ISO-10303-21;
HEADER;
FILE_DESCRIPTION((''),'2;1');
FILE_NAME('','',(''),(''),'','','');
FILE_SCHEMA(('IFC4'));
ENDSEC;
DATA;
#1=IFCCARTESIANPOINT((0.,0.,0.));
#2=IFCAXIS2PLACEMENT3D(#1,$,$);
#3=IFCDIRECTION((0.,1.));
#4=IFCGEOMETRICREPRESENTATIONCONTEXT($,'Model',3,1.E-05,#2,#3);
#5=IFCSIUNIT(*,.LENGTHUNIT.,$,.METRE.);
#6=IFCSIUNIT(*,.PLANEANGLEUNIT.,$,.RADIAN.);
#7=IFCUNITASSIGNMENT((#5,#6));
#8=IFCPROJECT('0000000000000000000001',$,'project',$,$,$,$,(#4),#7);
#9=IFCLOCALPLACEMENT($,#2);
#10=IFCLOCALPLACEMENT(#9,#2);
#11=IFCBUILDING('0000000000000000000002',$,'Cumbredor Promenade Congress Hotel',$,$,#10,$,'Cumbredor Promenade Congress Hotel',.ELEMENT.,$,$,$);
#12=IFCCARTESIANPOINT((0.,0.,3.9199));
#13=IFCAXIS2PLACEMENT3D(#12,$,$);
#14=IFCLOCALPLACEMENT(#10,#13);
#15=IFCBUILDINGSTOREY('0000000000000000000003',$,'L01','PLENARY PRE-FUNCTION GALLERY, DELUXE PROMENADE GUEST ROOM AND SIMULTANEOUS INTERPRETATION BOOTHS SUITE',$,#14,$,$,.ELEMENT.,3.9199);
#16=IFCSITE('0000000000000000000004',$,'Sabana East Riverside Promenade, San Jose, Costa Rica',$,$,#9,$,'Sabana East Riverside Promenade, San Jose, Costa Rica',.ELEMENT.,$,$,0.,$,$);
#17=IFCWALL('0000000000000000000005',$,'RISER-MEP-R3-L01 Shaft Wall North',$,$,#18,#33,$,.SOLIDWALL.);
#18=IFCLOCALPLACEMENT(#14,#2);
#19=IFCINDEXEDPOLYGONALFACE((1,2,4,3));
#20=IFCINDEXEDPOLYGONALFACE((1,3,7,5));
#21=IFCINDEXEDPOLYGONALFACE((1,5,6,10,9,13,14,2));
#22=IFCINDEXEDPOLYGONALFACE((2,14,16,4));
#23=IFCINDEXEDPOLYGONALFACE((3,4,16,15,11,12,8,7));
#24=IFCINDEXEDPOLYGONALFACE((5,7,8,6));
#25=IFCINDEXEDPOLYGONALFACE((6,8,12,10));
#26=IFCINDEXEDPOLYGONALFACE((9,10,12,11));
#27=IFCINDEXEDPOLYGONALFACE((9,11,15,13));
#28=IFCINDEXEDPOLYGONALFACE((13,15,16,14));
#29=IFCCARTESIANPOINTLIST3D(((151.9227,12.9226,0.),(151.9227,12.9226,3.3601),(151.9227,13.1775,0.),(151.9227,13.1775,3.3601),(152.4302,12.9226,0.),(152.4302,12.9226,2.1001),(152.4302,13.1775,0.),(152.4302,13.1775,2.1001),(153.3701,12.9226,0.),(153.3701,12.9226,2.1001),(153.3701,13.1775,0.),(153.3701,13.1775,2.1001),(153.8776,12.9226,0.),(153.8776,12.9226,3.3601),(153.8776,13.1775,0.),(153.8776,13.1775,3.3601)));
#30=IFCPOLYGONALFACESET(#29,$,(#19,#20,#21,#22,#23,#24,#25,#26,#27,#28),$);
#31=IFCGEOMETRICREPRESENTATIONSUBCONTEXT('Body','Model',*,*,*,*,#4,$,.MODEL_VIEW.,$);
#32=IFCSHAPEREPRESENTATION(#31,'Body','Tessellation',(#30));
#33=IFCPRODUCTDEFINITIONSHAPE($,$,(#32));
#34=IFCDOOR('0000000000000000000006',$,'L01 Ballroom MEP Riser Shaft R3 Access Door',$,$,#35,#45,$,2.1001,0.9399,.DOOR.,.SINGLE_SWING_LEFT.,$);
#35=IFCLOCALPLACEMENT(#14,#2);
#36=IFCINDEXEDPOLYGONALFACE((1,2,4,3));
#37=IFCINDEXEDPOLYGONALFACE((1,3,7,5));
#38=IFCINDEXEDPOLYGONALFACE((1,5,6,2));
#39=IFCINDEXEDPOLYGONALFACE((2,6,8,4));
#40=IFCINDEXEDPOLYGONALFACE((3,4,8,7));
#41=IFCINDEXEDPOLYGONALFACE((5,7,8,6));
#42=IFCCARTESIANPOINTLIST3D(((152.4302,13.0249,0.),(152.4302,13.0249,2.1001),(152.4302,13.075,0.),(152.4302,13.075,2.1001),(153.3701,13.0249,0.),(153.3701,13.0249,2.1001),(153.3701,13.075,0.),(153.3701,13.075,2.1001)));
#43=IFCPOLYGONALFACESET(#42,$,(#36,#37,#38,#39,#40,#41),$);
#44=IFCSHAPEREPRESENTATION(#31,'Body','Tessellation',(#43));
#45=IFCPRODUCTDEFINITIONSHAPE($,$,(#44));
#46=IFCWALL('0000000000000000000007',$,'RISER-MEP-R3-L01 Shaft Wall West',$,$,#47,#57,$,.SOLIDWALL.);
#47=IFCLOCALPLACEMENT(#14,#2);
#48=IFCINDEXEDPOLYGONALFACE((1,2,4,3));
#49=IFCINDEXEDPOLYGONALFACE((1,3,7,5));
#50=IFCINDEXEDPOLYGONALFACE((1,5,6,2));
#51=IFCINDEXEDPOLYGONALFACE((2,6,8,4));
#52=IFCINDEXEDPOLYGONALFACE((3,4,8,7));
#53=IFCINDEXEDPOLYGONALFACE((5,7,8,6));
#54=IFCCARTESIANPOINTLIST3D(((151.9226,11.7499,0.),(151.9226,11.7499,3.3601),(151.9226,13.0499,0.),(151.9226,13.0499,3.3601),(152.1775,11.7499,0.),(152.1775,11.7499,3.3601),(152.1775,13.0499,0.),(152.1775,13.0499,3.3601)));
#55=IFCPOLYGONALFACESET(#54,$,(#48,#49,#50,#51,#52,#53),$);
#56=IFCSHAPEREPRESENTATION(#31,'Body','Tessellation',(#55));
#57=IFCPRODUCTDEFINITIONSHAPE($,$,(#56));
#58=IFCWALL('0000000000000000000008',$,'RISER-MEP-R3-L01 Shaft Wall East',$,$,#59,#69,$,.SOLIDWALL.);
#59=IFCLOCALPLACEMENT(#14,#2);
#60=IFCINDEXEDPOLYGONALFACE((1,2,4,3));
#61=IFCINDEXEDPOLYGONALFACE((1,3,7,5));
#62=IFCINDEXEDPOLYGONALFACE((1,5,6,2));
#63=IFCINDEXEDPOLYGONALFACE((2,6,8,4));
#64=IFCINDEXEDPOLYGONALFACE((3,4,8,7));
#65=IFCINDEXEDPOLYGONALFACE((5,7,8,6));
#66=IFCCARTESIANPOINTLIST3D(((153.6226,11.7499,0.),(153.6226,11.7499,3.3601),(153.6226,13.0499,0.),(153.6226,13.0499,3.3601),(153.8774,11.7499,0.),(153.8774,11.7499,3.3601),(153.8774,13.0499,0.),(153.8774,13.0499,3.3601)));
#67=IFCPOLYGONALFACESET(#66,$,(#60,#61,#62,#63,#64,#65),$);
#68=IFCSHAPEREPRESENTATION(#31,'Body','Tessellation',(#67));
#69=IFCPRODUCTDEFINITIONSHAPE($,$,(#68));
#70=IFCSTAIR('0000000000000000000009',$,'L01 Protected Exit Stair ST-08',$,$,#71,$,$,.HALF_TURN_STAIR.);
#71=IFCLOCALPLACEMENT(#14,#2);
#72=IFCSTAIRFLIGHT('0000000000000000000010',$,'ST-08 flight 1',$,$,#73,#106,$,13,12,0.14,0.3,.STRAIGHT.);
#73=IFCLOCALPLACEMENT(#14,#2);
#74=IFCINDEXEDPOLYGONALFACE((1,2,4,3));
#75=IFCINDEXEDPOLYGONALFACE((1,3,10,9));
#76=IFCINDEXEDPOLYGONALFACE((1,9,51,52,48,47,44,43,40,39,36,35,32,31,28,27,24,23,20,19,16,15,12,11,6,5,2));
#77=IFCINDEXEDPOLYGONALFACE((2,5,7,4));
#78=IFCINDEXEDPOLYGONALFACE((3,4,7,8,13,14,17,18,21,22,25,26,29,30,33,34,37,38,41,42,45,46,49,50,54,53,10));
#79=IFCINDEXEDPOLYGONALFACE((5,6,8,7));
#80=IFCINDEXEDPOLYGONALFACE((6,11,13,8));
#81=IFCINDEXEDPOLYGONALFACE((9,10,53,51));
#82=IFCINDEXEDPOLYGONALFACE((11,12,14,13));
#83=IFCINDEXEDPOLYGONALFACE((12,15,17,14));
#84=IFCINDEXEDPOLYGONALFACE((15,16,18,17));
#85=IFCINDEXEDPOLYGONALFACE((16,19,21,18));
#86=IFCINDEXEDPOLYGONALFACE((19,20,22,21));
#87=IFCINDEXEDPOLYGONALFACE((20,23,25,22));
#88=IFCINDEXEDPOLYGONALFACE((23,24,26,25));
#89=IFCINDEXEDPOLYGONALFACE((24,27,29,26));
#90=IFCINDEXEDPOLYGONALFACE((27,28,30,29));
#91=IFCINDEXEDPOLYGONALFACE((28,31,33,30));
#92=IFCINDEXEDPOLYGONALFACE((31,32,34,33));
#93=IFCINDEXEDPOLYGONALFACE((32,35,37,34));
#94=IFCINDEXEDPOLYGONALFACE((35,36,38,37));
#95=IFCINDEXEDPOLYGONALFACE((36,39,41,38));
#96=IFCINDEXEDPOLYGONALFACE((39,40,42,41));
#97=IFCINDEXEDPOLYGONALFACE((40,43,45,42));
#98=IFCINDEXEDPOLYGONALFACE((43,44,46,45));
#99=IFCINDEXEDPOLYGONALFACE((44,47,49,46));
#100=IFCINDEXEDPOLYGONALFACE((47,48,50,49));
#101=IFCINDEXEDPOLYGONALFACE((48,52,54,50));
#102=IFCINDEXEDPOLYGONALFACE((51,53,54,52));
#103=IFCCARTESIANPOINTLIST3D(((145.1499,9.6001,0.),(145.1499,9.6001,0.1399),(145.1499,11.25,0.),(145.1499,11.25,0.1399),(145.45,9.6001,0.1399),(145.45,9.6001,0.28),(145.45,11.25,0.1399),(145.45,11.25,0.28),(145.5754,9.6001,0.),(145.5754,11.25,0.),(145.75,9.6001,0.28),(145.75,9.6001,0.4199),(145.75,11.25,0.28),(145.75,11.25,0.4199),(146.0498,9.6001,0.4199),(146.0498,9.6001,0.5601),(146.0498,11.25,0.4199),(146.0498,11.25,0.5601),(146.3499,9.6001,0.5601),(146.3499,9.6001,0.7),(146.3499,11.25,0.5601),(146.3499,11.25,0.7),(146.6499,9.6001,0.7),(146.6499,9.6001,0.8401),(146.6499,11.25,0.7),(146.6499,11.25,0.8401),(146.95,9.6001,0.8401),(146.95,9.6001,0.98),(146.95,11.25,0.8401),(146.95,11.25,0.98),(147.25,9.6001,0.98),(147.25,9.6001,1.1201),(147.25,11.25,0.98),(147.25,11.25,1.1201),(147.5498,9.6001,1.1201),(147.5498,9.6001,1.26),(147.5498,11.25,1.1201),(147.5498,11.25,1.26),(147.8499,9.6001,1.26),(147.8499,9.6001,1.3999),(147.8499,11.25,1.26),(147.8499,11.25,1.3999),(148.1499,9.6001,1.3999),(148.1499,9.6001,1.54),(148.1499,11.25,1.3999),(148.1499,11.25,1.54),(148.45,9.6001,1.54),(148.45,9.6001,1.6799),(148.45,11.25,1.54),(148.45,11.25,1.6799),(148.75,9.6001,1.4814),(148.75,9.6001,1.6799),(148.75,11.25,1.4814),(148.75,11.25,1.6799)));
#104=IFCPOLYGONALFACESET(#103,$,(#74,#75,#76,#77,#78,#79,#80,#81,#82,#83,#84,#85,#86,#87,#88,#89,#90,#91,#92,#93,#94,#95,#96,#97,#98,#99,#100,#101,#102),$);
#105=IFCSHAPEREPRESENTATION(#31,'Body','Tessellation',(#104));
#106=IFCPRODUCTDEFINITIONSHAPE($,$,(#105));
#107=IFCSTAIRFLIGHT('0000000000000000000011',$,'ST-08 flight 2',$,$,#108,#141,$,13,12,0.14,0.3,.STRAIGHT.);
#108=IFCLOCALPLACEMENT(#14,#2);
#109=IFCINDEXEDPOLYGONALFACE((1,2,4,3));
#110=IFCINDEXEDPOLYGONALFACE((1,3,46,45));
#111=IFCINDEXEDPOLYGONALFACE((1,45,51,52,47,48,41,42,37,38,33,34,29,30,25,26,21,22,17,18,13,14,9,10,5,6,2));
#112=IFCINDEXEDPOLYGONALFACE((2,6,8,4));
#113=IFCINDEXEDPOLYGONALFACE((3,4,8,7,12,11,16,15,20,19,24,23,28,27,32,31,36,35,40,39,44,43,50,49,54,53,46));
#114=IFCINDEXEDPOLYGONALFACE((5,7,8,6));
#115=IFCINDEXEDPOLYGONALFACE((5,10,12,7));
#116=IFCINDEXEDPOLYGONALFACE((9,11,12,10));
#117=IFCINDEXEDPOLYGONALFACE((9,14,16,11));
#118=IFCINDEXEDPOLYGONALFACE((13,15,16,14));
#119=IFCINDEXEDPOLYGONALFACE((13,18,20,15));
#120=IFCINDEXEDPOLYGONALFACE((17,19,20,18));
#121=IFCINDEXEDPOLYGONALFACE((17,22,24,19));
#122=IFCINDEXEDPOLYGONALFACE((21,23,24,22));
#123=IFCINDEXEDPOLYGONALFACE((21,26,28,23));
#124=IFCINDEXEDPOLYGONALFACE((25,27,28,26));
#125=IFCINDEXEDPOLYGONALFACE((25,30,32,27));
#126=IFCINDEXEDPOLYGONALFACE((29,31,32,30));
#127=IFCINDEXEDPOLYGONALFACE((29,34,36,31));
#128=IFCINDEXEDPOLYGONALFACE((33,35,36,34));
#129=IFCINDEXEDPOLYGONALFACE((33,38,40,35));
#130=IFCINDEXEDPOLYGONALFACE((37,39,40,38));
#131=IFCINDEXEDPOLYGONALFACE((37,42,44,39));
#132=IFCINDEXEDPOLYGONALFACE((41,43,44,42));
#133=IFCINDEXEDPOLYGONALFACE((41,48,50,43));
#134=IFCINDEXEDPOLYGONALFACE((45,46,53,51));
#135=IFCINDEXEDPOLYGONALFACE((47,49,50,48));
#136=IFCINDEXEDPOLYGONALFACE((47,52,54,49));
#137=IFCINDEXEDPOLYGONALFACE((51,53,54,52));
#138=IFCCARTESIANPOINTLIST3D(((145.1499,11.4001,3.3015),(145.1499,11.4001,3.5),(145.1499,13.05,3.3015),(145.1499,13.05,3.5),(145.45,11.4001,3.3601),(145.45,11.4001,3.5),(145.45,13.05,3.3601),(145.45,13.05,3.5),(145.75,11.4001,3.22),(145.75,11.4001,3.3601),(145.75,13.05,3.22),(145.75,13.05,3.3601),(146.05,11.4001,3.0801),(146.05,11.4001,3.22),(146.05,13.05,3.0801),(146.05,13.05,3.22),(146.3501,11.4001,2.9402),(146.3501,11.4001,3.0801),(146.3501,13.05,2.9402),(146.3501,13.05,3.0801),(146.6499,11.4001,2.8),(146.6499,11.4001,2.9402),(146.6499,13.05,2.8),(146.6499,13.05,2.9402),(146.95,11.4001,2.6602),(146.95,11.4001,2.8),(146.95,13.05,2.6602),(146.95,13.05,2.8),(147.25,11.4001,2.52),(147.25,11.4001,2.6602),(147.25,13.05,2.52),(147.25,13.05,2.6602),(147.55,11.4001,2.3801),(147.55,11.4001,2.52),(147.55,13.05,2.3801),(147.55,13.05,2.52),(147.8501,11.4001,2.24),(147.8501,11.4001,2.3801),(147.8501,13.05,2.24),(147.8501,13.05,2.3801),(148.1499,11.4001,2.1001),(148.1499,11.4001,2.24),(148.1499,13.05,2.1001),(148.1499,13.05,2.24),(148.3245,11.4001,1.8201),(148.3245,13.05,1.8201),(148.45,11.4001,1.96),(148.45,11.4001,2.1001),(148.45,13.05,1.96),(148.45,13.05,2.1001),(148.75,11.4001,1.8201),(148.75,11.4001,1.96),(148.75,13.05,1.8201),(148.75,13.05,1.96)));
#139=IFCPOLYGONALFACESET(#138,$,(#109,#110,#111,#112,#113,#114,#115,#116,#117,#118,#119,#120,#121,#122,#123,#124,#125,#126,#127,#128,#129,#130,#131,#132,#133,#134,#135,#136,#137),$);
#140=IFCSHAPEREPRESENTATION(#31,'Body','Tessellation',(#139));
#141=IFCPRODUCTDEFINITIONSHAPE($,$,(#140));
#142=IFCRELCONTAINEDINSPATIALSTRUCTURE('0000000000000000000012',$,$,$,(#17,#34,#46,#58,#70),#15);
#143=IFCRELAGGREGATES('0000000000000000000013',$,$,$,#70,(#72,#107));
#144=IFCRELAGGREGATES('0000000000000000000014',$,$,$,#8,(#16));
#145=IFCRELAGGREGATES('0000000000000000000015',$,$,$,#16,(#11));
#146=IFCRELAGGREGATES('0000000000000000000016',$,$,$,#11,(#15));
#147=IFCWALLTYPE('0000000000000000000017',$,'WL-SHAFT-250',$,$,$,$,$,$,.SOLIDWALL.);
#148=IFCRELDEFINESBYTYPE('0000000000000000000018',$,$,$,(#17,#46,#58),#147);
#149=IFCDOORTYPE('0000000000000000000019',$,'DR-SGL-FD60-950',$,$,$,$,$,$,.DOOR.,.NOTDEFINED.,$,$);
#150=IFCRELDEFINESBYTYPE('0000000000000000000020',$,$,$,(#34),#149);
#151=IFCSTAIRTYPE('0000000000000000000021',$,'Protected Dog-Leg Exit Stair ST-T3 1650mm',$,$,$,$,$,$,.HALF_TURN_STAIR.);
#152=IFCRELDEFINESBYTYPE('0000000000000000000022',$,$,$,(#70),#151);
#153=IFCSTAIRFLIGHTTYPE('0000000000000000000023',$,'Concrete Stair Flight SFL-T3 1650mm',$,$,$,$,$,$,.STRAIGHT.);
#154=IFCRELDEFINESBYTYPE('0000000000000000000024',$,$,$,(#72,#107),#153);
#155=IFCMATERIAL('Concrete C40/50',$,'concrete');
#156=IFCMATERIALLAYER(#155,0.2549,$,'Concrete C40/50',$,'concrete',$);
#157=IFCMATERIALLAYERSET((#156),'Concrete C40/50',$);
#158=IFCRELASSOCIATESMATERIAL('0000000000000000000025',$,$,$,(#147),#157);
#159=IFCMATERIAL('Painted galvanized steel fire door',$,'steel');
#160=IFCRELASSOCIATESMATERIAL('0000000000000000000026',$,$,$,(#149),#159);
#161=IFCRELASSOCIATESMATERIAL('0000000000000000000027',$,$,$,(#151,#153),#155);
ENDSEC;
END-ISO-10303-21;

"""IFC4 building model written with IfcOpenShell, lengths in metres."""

from ifc_helpers import new_model, si_unit, direction, frame, frame_2d, origin, place, context, subcontext, project, spatial, polyline, rectangle, outline, extrude, material, layer, layer_set, type_object, element, fill, aggregate, save


model = new_model("IFC4")

# Units and contexts
model_context = context("Model", 3, precision=1e-05, world=origin(), true_north=direction((0.0, 1.0)))
body_context = subcontext(model_context, "Body", "Model", "MODEL_VIEW")
ifc_project = project(units=[si_unit("LENGTHUNIT", "METRE"), si_unit("PLANEANGLEUNIT", "RADIAN")], contexts=[model_context])

# Site, building, storey
site_placement = place(None, origin())
site = spatial("IfcSite", under=ifc_project, at=site_placement, Name="Sabana East Riverside Promenade, San Jose, Costa Rica", LongName="Sabana East Riverside Promenade, San Jose, Costa Rica", CompositionType="ELEMENT", RefElevation=0.0)
building_placement = place(site_placement, origin())
building = spatial("IfcBuilding", under=site, at=building_placement, Name="Cumbredor Promenade Congress Hotel", LongName="Cumbredor Promenade Congress Hotel", CompositionType="ELEMENT")
storey_placement = place(building_placement, frame((0.0, 0.0, 3.9199)))
storey = spatial("IfcBuildingStorey", under=building, at=storey_placement, Name="L01", Description="PLENARY PRE-FUNCTION GALLERY, DELUXE PROMENADE GUEST ROOM AND SIMULTANEOUS INTERPRETATION BOOTHS SUITE", CompositionType="ELEMENT", Elevation=3.9199)

# Shared definitions
ifc_material_1 = material(Name="Concrete C40/50", Category="concrete")

# Shared definitions
ifc_layer = layer(ifc_material_1, 0.2549, Name="Concrete C40/50", Category="concrete")
ifc_layer_set = layer_set([ifc_layer], Name="Concrete C40/50")
wall_type = type_object("IfcWallType", Name="WL-SHAFT-250", PredefinedType="SOLIDWALL", material=ifc_layer_set)
ifc_material_2 = material(Name="Painted galvanized steel fire door", Category="steel")

# Wall, opening, door
wall_1_placement = place(storey_placement, frame((151.9226, 13.05, 0.0), z_axis=(0.0, 0.0, 1.0), x_axis=(1.0, 0.0, 0.0)))
wall_1 = element("IfcWall", 1, at=wall_1_placement, inside=storey, type_object=wall_type, Name="RISER-MEP-R3-L01 Shaft Wall North", PredefinedType="SOLIDWALL", context=body_context, shape_type="SweptSolid", body=[
    extrude(rectangle(XDim=1.9548, YDim=0.2549, at=frame_2d((0.9775, 0.0))), origin(), (0.0, 0.0, 1.0), 3.3601),
])
opening_1_placement = place(wall_1_placement, frame((0.5076, 0.0, 0.0)))
opening_1 = element("IfcOpeningElement", 2, at=opening_1_placement, cuts=wall_1, PredefinedType="OPENING", context=body_context, shape_type="SweptSolid", body=[
    extrude(rectangle(XDim=0.9399, YDim=2.1001, at=frame_2d((0.47, 1.05))), frame((0.0, 0.1375, 0.0), z_axis=(0.0, -1.0, 0.0), x_axis=(1.0, 0.0, 0.0)), (0.0, 0.0, 1.0), 0.2749),
])
door_type_1 = type_object("IfcDoorType", Name="DR-SGL-FD60-950", OperationType="NOTDEFINED", PredefinedType="DOOR", material=ifc_material_2)
door_1_placement = place(opening_1_placement, origin())
door_1 = element("IfcDoor", 3, at=door_1_placement, inside=storey, type_object=door_type_1, Name="L01 Ballroom MEP Riser Shaft R3 Access Door", OperationType="SINGLE_SWING_LEFT", OverallHeight=2.1001, OverallWidth=0.9399, PredefinedType="DOOR", context=body_context, shape_type="SweptSolid", body=[
    extrude(rectangle(XDim=0.9399, YDim=2.1001, at=frame_2d((0.47, 1.05))), frame((0.0, 0.0249, 0.0), z_axis=(0.0, -1.0, 0.0), x_axis=(1.0, 0.0, 0.0)), (0.0, 0.0, 1.0), 0.05),
])
fill(opening_1, door_1)

# Walls
for number, where, z_axis, x_axis, name in (
    (4, (152.05, 11.75, 0.0), (0.0, 0.0, 1.0), (0.0, 1.0, 0.0), "RISER-MEP-R3-L01 Shaft Wall West"),
    (5, (153.75, 11.75, 0.0), (0.0, 0.0, 1.0), (0.0, 1.0, 0.0), "RISER-MEP-R3-L01 Shaft Wall East"),
):
    element("IfcWall", number, at=place(storey_placement, frame(where, z_axis=z_axis, x_axis=x_axis)), inside=storey, type_object=wall_type, Name=name, PredefinedType="SOLIDWALL", context=body_context, shape_type="SweptSolid", body=[
        extrude(rectangle(XDim=1.3, YDim=0.2549, at=frame_2d((0.6499, 0.0))), origin(), (0.0, 0.0, 1.0), 3.3601),
    ])

# Stair, stair flights
stair_type = type_object("IfcStairType", Name="Protected Dog-Leg Exit Stair ST-T3 1650mm", PredefinedType="HALF_TURN_STAIR", material=ifc_material_1)
stair_placement = place(storey_placement, origin())
stair = element("IfcStair", 6, at=stair_placement, inside=storey, type_object=stair_type, Name="L01 Protected Exit Stair ST-08", PredefinedType="HALF_TURN_STAIR")
stair_flight_type = type_object("IfcStairFlightType", Name="Concrete Stair Flight SFL-T3 1650mm", PredefinedType="STRAIGHT", material=ifc_material_1)
stair_flight_1_placement = place(storey_placement, frame((145.1499, 10.425, 0.0), z_axis=(0.0, 0.0, 1.0), x_axis=(1.0, 0.0, 0.0)))
stair_flight_1 = element("IfcStairFlight", 7, at=stair_flight_1_placement, type_object=stair_flight_type, Name="ST-08 flight 1", NumberOfRisers=13, NumberOfTreads=12, PredefinedType="STRAIGHT", RiserHeight=0.14, TreadLength=0.3, context=body_context, shape_type="SweptSolid", body=[
    extrude(outline(polyline([(0.0, 0.0), (0.0, 0.1399), (0.3, 0.1399), (0.3, 0.28), (0.6001, 0.28), (0.6001, 0.4199), (0.8999, 0.4199), (0.8999, 0.5601), (1.2, 0.5601), (1.2, 0.7), (1.5, 0.7), (1.5, 0.8401), (1.8, 0.8401), (1.8, 0.98), (2.1001, 0.98), (2.1001, 1.1201), (2.3999, 1.1201), (2.3999, 1.26), (2.7, 1.26), (2.7, 1.3999), (3.0, 1.3999), (3.0, 1.54), (3.3, 1.54), (3.3, 1.6799), (3.6001, 1.6799), (3.6001, 1.8201), (3.6001, 1.4814), (0.4255, 0.0), (0.0, 0.0)])), frame((0.0, 0.825, 0.0), z_axis=(0.0, -1.0, 0.0), x_axis=(1.0, 0.0, 0.0)), (0.0, 0.0, 1.0), 1.6499),
])
stair_flight_2_placement = place(storey_placement, frame((148.75, 12.2251, 1.8201), z_axis=(0.0, 0.0, 1.0), x_axis=(-1.0, 0.0, 0.0)))
stair_flight_2 = element("IfcStairFlight", 8, at=stair_flight_2_placement, type_object=stair_flight_type, Name="ST-08 flight 2", NumberOfRisers=13, NumberOfTreads=12, PredefinedType="STRAIGHT", RiserHeight=0.14, TreadLength=0.3, context=body_context, shape_type="SweptSolid", body=[
    extrude(outline(polyline([(0.0, 0.0), (0.0, 0.1399), (0.3, 0.1399), (0.3, 0.28), (0.6001, 0.28), (0.6001, 0.4199), (0.8999, 0.4199), (0.8999, 0.5601), (1.2, 0.5601), (1.2, 0.7), (1.5, 0.7), (1.5, 0.8401), (1.8, 0.8401), (1.8, 0.98), (2.1001, 0.98), (2.1001, 1.1201), (2.3999, 1.1201), (2.3999, 1.26), (2.7, 1.26), (2.7, 1.3999), (3.0, 1.3999), (3.0, 1.54), (3.3, 1.54), (3.3, 1.6799), (3.6001, 1.6799), (3.6001, 1.8201), (3.6001, 1.4814), (0.4255, 0.0), (0.0, 0.0)])), frame((0.0, 0.825, 0.0), z_axis=(0.0, -1.0, 0.0), x_axis=(1.0, 0.0, 0.0)), (0.0, 0.0, 1.0), 1.6499),
])
aggregate(stair, [stair_flight_1, stair_flight_2])

save(model, "model.ifc")
